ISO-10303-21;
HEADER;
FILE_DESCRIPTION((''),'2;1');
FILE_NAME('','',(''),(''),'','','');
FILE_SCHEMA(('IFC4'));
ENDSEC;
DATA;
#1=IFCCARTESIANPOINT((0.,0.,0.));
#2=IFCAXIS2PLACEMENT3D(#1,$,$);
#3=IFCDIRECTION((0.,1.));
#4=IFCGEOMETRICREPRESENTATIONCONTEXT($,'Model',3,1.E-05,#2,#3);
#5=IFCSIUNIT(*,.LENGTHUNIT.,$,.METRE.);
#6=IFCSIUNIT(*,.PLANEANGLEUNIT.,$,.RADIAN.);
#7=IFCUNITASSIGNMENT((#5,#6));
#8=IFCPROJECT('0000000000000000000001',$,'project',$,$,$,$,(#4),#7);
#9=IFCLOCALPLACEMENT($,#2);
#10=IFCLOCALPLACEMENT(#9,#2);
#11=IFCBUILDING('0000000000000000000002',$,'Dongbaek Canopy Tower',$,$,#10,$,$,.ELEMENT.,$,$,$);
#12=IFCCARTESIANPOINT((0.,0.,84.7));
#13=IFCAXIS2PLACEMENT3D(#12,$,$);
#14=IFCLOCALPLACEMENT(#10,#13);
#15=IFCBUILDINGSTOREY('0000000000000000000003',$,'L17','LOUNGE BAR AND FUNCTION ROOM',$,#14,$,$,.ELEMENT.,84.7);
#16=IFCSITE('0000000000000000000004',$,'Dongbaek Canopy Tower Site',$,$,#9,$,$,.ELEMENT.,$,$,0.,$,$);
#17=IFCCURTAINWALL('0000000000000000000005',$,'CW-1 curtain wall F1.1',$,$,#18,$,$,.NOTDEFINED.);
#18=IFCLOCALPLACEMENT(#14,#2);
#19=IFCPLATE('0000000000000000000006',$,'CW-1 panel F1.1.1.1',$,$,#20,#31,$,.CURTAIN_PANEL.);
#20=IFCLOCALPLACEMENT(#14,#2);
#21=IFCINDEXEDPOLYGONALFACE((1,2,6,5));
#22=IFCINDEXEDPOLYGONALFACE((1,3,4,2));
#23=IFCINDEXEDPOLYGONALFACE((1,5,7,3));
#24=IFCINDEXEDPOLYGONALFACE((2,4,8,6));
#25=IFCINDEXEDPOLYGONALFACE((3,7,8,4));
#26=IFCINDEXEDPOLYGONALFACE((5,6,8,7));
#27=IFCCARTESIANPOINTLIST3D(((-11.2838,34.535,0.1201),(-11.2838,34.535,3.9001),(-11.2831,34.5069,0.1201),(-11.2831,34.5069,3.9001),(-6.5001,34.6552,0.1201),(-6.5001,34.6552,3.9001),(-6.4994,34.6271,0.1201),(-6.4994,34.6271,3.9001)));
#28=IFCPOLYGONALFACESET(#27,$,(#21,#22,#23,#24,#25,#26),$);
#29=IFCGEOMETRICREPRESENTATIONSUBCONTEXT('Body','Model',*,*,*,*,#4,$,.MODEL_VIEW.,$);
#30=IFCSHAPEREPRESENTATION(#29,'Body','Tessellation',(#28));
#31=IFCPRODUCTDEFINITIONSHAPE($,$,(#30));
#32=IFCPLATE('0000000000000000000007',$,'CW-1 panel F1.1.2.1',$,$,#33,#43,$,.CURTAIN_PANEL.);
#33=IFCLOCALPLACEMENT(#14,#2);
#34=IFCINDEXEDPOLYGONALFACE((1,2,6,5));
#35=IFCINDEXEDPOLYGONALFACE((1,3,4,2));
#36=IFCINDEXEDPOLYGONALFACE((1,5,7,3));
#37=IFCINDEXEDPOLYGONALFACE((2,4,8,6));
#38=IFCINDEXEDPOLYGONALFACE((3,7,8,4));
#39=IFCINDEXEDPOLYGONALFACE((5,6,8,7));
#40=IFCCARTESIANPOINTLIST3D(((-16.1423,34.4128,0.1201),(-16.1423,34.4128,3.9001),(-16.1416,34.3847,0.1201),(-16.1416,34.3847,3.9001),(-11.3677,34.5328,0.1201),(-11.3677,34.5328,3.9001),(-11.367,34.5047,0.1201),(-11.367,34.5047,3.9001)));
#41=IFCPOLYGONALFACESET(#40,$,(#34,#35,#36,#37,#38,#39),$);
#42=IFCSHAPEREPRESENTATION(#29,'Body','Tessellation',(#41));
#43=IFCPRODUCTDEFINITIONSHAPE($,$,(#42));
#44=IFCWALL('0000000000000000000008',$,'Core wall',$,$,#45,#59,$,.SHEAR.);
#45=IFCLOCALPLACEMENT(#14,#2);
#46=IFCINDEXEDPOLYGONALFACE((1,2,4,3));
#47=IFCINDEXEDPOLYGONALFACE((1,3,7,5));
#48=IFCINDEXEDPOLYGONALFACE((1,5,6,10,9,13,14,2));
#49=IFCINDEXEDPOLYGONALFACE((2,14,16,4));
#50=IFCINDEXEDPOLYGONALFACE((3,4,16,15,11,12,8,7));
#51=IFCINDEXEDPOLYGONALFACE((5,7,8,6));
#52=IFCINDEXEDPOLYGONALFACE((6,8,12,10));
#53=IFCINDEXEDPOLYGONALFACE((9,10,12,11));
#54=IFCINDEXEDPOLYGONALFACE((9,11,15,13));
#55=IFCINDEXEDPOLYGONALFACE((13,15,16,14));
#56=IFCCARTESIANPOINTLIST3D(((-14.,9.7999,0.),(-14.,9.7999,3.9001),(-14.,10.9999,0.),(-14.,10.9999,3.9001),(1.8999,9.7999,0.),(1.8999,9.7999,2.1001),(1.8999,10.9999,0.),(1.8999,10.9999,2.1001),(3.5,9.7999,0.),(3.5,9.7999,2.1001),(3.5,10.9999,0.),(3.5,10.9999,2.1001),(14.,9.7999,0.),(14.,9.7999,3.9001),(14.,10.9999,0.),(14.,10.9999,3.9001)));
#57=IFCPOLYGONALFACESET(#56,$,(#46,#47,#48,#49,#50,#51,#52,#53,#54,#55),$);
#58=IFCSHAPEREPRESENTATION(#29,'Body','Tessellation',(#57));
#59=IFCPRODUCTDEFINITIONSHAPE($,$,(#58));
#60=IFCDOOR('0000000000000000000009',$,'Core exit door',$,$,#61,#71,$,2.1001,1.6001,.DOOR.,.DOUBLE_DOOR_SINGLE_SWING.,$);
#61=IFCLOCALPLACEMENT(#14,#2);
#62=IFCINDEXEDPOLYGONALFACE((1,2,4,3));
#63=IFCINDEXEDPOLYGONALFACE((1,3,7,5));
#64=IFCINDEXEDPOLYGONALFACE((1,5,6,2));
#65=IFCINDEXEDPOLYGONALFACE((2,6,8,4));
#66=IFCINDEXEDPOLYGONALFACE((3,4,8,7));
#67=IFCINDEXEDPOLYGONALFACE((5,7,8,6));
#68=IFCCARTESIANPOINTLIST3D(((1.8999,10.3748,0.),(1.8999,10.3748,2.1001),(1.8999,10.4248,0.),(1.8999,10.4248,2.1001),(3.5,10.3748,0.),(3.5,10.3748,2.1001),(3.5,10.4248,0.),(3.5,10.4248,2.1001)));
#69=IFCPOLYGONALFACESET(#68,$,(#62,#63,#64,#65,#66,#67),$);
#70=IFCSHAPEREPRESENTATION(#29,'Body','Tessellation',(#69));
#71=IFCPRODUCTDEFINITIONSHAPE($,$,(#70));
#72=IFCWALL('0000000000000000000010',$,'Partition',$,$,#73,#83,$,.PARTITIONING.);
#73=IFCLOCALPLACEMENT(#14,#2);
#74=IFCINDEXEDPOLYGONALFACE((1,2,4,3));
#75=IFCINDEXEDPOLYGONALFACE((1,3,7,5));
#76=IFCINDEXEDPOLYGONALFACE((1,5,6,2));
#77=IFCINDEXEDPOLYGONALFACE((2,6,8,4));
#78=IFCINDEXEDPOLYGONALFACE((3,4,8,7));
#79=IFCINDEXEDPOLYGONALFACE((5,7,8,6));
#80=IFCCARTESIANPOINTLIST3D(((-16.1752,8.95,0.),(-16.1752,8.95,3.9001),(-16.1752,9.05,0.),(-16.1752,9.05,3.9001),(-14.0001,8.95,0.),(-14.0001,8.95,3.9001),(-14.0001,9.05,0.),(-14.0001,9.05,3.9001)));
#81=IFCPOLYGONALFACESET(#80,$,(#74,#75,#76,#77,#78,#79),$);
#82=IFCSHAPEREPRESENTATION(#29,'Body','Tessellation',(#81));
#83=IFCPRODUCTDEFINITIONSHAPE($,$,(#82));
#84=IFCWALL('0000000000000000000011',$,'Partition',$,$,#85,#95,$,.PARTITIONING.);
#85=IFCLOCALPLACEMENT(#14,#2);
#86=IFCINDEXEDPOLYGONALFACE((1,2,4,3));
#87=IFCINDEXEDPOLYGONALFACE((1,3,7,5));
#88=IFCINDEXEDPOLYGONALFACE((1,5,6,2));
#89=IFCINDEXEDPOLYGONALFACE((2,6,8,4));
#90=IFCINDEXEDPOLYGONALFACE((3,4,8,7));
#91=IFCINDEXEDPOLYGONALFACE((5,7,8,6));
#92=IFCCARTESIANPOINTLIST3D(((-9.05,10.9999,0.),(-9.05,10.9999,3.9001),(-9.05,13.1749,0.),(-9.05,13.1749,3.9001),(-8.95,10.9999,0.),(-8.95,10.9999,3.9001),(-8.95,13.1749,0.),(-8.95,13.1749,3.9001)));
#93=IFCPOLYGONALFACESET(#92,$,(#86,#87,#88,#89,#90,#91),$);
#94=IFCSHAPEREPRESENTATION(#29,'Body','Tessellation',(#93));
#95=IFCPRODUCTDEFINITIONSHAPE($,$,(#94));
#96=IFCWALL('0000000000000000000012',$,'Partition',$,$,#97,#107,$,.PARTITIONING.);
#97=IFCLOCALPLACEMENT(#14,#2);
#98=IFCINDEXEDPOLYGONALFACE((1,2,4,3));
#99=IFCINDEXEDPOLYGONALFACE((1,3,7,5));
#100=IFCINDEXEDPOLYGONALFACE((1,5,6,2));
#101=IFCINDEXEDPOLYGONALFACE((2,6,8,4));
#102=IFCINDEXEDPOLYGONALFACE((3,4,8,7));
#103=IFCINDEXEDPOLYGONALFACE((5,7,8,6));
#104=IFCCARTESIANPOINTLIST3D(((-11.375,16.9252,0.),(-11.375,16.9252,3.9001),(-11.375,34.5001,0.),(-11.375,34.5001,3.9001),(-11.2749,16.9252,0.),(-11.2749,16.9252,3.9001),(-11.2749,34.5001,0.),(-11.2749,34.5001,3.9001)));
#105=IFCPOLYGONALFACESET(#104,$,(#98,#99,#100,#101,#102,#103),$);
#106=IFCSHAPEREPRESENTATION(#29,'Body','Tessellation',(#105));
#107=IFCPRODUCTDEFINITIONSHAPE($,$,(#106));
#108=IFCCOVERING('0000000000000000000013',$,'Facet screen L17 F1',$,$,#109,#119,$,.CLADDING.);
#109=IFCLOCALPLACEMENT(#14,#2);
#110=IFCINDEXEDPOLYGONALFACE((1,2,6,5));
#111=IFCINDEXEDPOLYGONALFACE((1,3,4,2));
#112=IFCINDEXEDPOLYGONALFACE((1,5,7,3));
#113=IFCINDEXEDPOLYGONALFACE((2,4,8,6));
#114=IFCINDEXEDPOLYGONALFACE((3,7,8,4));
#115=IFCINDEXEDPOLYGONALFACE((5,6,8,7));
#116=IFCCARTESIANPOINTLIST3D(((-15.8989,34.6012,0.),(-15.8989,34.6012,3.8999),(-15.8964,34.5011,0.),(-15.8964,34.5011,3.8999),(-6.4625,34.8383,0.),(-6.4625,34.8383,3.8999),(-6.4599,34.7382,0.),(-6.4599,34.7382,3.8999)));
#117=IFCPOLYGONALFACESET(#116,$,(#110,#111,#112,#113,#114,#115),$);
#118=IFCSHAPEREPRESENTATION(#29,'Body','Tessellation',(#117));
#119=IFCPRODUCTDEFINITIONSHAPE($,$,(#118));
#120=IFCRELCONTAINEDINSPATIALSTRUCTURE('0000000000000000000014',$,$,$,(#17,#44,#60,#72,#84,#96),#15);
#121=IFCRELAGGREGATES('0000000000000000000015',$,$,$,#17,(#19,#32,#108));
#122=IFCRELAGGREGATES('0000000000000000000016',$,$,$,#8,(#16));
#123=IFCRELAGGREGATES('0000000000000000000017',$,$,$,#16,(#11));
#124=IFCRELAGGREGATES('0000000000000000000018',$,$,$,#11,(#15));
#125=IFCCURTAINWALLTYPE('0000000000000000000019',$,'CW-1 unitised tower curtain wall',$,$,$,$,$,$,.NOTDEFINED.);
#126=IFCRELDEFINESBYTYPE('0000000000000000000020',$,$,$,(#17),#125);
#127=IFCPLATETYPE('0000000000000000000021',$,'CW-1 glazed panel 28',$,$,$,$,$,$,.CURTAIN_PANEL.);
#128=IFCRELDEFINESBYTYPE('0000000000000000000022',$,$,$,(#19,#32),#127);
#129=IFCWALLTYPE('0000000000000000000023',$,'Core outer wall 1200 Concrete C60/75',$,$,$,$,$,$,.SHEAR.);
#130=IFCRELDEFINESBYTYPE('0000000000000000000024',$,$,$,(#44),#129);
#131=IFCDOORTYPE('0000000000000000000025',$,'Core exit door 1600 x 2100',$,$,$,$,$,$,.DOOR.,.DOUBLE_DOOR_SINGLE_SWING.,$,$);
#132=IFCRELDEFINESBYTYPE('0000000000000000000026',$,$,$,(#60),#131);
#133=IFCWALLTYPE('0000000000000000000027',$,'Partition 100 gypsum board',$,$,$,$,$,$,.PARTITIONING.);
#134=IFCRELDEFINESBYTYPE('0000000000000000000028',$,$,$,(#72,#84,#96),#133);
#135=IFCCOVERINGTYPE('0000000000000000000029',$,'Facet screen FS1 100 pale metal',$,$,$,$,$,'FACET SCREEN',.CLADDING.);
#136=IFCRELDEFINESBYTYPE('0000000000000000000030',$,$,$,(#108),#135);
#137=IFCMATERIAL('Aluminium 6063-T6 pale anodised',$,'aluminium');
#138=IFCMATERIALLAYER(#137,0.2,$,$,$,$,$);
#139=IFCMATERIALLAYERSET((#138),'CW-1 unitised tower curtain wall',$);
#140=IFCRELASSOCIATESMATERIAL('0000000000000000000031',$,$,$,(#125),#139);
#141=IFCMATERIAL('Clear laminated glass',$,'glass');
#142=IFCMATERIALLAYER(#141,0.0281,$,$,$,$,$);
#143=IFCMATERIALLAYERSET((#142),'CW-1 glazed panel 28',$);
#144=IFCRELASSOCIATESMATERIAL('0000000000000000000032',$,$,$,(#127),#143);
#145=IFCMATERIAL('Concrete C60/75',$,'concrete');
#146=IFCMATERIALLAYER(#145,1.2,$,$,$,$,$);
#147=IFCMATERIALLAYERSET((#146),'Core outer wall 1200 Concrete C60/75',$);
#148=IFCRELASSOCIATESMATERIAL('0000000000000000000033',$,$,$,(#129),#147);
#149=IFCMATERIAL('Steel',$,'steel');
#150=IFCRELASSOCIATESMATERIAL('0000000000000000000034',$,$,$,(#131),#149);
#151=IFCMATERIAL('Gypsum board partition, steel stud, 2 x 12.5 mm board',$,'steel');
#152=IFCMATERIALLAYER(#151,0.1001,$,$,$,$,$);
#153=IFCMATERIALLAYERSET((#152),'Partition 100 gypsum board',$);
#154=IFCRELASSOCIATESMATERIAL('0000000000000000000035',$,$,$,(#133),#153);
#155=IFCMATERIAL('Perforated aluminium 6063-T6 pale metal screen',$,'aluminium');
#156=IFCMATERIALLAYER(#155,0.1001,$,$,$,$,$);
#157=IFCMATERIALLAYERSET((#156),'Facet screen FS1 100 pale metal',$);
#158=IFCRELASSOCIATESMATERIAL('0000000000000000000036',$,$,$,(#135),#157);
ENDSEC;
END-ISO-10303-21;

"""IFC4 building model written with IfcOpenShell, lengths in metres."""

from ifc_helpers import new_model, si_unit, direction, frame, frame_2d, origin, origin_2d, place, context, subcontext, project, spatial, rectangle, extrude, material, layer, layer_set, type_object, element, fill, aggregate, save


model = new_model("IFC4")

# Units and contexts
model_context = context("Model", 3, precision=1e-05, world=origin(), true_north=direction((0.0, 1.0)))
body_context = subcontext(model_context, "Body", "Model", "MODEL_VIEW")
ifc_project = project(units=[si_unit("LENGTHUNIT", "METRE"), si_unit("PLANEANGLEUNIT", "RADIAN")], contexts=[model_context])

# Site, building, storey
site_placement = place(None, origin())
site = spatial("IfcSite", under=ifc_project, at=site_placement, Name="Dongbaek Canopy Tower Site", CompositionType="ELEMENT", RefElevation=0.0)
building_placement = place(site_placement, origin())
building = spatial("IfcBuilding", under=site, at=building_placement, Name="Dongbaek Canopy Tower", CompositionType="ELEMENT")
storey_placement = place(building_placement, frame((0.0, 0.0, 84.7)))
storey = spatial("IfcBuildingStorey", under=building, at=storey_placement, Name="L17", Description="LOUNGE BAR AND FUNCTION ROOM", CompositionType="ELEMENT", Elevation=84.7)

# Curtain wall
ifc_material_1 = material(Name="Aluminium 6063-T6 pale anodised", Category="aluminium")
ifc_layer_1 = layer(ifc_material_1, 0.2)
ifc_layer_set_1 = layer_set([ifc_layer_1], Name="CW-1 unitised tower curtain wall")
curtain_wall_type = type_object("IfcCurtainWallType", Name="CW-1 unitised tower curtain wall", PredefinedType="NOTDEFINED", material=ifc_layer_set_1)
curtain_wall_placement = place(storey_placement, origin())
curtain_wall = element("IfcCurtainWall", 1, at=curtain_wall_placement, inside=storey, type_object=curtain_wall_type, Name="CW-1 curtain wall F1.1", PredefinedType="NOTDEFINED")

# Plates
ifc_material_2 = material(Name="Clear laminated glass", Category="glass")
ifc_layer_2 = layer(ifc_material_2, 0.0281)
ifc_layer_set_2 = layer_set([ifc_layer_2], Name="CW-1 glazed panel 28")
plate_type = type_object("IfcPlateType", Name="CW-1 glazed panel 28", PredefinedType="CURTAIN_PANEL", material=ifc_layer_set_2)
plate_1_placement = place(storey_placement, frame((-8.8916, 34.5811, 0.1201), z_axis=(0.0, 0.0, 1.0), x_axis=(-0.999684, -0.025119, 0.0)))
plate_1 = element("IfcPlate", 2, at=plate_1_placement, type_object=plate_type, Name="CW-1 panel F1.1.1.1", PredefinedType="CURTAIN_PANEL", context=body_context, shape_type="SweptSolid", body=[
    extrude(rectangle(XDim=4.7852, YDim=0.0281, at=origin_2d()), origin(), (0.0, 0.0, 1.0), 3.78),
])
plate_2_placement = place(storey_placement, frame((-13.7546, 34.4587, 0.1201), z_axis=(0.0, 0.0, 1.0), x_axis=(-0.999684, -0.025119, 0.0)))
plate_2 = element("IfcPlate", 3, at=plate_2_placement, type_object=plate_type, Name="CW-1 panel F1.1.2.1", PredefinedType="CURTAIN_PANEL", context=body_context, shape_type="SweptSolid", body=[
    extrude(rectangle(XDim=4.7761, YDim=0.0281, at=origin_2d()), origin(), (0.0, 0.0, 1.0), 3.78),
])

# Wall, opening, door
ifc_material_3 = material(Name="Concrete C60/75", Category="concrete")
ifc_layer_3 = layer(ifc_material_3, 1.2)
ifc_layer_set_3 = layer_set([ifc_layer_3], Name="Core outer wall 1200 Concrete C60/75")
wall_type_1 = type_object("IfcWallType", Name="Core outer wall 1200 Concrete C60/75", PredefinedType="SHEAR", material=ifc_layer_set_3)
wall_1_placement = place(storey_placement, frame((-14.0, 10.3999, 0.0), z_axis=(0.0, 0.0, 1.0), x_axis=(1.0, 0.0, 0.0)))
wall_1 = element("IfcWall", 4, at=wall_1_placement, inside=storey, type_object=wall_type_1, Name="Core wall", PredefinedType="SHEAR", context=body_context, shape_type="SweptSolid", body=[
    extrude(rectangle(XDim=28.0, YDim=1.2, at=frame_2d((14.0, 0.0))), origin(), (0.0, 0.0, 1.0), 3.9001),
])
opening_placement = place(wall_1_placement, frame((15.8999, 0.0, 0.0)))
opening = element("IfcOpeningElement", 5, at=opening_placement, cuts=wall_1, PredefinedType="OPENING", context=body_context, shape_type="SweptSolid", body=[
    extrude(rectangle(XDim=1.6001, YDim=2.1001, at=frame_2d((0.8, 1.05))), frame((0.0, 0.6099, 0.0), z_axis=(0.0, -1.0, 0.0), x_axis=(1.0, 0.0, 0.0)), (0.0, 0.0, 1.0), 1.22),
])
ifc_material_4 = material(Name="Steel", Category="steel")
door_type = type_object("IfcDoorType", Name="Core exit door 1600 x 2100", OperationType="DOUBLE_DOOR_SINGLE_SWING", PredefinedType="DOOR", material=ifc_material_4)
door_placement = place(opening_placement, origin())
door = element("IfcDoor", 6, at=door_placement, inside=storey, type_object=door_type, Name="Core exit door", OperationType="DOUBLE_DOOR_SINGLE_SWING", OverallHeight=2.1001, OverallWidth=1.6001, PredefinedType="DOOR", context=body_context, shape_type="SweptSolid", body=[
    extrude(rectangle(XDim=1.6001, YDim=2.1001, at=frame_2d((0.8, 1.05))), frame((0.0, 0.0249, 0.0), z_axis=(0.0, -1.0, 0.0), x_axis=(1.0, 0.0, 0.0)), (0.0, 0.0, 1.0), 0.05),
])
fill(opening, door)

# Walls
ifc_material_5 = material(Name="Gypsum board partition, steel stud, 2 x 12.5 mm board", Category="steel")
ifc_layer_4 = layer(ifc_material_5, 0.1001)
ifc_layer_set_4 = layer_set([ifc_layer_4], Name="Partition 100 gypsum board")
wall_type_2 = type_object("IfcWallType", Name="Partition 100 gypsum board", PredefinedType="PARTITIONING", material=ifc_layer_set_4)
for number, where, z_axis, x_axis, name in (
    (7, (-16.175, 9.0, 0.0), (0.0, 0.0, 1.0), (1.0, 0.0, 0.0), "Partition"),
    (8, (-9.0, 11.0, 0.0), (0.0, 0.0, 1.0), (0.0, 1.0, 0.0), "Partition"),
):
    element("IfcWall", number, at=place(storey_placement, frame(where, z_axis=z_axis, x_axis=x_axis)), inside=storey, type_object=wall_type_2, Name=name, PredefinedType="PARTITIONING", context=body_context, shape_type="SweptSolid", body=[
        extrude(rectangle(XDim=2.175, YDim=0.1001, at=frame_2d((1.0874, 0.0))), origin(), (0.0, 0.0, 1.0), 3.9001),
    ])
wall_2_placement = place(storey_placement, frame((-11.325, 16.925, 0.0), z_axis=(0.0, 0.0, 1.0), x_axis=(0.0, 1.0, 0.0)))
element("IfcWall", 9, at=wall_2_placement, inside=storey, type_object=wall_type_2, Name="Partition", PredefinedType="PARTITIONING", context=body_context, shape_type="SweptSolid", body=[
    extrude(rectangle(XDim=17.575, YDim=0.1001, at=frame_2d((8.7876, 0.0))), origin(), (0.0, 0.0, 1.0), 3.9001),
])

# Covering
ifc_material_6 = material(Name="Perforated aluminium 6063-T6 pale metal screen", Category="aluminium")
ifc_layer_5 = layer(ifc_material_6, 0.1001)
ifc_layer_set_5 = layer_set([ifc_layer_5], Name="Facet screen FS1 100 pale metal")
covering_type = type_object("IfcCoveringType", Name="Facet screen FS1 100 pale metal", ElementType="FACET SCREEN", PredefinedType="CLADDING", material=ifc_layer_set_5)
covering_placement = place(storey_placement, frame((-11.1794, 34.6697, 0.0), z_axis=(0.0, 0.0, 1.0), x_axis=(-0.999684, -0.02512, 0.0)))
covering = element("IfcCovering", 10, at=covering_placement, type_object=covering_type, Name="Facet screen L17 F1", PredefinedType="CLADDING", context=body_context, shape_type="SweptSolid", body=[
    extrude(rectangle(XDim=9.4395, YDim=0.1001, at=origin_2d()), origin(), (0.0, 0.0, 1.0), 3.8999),
])
aggregate(curtain_wall, [plate_1, plate_2, covering])

save(model, "model.ifc")
